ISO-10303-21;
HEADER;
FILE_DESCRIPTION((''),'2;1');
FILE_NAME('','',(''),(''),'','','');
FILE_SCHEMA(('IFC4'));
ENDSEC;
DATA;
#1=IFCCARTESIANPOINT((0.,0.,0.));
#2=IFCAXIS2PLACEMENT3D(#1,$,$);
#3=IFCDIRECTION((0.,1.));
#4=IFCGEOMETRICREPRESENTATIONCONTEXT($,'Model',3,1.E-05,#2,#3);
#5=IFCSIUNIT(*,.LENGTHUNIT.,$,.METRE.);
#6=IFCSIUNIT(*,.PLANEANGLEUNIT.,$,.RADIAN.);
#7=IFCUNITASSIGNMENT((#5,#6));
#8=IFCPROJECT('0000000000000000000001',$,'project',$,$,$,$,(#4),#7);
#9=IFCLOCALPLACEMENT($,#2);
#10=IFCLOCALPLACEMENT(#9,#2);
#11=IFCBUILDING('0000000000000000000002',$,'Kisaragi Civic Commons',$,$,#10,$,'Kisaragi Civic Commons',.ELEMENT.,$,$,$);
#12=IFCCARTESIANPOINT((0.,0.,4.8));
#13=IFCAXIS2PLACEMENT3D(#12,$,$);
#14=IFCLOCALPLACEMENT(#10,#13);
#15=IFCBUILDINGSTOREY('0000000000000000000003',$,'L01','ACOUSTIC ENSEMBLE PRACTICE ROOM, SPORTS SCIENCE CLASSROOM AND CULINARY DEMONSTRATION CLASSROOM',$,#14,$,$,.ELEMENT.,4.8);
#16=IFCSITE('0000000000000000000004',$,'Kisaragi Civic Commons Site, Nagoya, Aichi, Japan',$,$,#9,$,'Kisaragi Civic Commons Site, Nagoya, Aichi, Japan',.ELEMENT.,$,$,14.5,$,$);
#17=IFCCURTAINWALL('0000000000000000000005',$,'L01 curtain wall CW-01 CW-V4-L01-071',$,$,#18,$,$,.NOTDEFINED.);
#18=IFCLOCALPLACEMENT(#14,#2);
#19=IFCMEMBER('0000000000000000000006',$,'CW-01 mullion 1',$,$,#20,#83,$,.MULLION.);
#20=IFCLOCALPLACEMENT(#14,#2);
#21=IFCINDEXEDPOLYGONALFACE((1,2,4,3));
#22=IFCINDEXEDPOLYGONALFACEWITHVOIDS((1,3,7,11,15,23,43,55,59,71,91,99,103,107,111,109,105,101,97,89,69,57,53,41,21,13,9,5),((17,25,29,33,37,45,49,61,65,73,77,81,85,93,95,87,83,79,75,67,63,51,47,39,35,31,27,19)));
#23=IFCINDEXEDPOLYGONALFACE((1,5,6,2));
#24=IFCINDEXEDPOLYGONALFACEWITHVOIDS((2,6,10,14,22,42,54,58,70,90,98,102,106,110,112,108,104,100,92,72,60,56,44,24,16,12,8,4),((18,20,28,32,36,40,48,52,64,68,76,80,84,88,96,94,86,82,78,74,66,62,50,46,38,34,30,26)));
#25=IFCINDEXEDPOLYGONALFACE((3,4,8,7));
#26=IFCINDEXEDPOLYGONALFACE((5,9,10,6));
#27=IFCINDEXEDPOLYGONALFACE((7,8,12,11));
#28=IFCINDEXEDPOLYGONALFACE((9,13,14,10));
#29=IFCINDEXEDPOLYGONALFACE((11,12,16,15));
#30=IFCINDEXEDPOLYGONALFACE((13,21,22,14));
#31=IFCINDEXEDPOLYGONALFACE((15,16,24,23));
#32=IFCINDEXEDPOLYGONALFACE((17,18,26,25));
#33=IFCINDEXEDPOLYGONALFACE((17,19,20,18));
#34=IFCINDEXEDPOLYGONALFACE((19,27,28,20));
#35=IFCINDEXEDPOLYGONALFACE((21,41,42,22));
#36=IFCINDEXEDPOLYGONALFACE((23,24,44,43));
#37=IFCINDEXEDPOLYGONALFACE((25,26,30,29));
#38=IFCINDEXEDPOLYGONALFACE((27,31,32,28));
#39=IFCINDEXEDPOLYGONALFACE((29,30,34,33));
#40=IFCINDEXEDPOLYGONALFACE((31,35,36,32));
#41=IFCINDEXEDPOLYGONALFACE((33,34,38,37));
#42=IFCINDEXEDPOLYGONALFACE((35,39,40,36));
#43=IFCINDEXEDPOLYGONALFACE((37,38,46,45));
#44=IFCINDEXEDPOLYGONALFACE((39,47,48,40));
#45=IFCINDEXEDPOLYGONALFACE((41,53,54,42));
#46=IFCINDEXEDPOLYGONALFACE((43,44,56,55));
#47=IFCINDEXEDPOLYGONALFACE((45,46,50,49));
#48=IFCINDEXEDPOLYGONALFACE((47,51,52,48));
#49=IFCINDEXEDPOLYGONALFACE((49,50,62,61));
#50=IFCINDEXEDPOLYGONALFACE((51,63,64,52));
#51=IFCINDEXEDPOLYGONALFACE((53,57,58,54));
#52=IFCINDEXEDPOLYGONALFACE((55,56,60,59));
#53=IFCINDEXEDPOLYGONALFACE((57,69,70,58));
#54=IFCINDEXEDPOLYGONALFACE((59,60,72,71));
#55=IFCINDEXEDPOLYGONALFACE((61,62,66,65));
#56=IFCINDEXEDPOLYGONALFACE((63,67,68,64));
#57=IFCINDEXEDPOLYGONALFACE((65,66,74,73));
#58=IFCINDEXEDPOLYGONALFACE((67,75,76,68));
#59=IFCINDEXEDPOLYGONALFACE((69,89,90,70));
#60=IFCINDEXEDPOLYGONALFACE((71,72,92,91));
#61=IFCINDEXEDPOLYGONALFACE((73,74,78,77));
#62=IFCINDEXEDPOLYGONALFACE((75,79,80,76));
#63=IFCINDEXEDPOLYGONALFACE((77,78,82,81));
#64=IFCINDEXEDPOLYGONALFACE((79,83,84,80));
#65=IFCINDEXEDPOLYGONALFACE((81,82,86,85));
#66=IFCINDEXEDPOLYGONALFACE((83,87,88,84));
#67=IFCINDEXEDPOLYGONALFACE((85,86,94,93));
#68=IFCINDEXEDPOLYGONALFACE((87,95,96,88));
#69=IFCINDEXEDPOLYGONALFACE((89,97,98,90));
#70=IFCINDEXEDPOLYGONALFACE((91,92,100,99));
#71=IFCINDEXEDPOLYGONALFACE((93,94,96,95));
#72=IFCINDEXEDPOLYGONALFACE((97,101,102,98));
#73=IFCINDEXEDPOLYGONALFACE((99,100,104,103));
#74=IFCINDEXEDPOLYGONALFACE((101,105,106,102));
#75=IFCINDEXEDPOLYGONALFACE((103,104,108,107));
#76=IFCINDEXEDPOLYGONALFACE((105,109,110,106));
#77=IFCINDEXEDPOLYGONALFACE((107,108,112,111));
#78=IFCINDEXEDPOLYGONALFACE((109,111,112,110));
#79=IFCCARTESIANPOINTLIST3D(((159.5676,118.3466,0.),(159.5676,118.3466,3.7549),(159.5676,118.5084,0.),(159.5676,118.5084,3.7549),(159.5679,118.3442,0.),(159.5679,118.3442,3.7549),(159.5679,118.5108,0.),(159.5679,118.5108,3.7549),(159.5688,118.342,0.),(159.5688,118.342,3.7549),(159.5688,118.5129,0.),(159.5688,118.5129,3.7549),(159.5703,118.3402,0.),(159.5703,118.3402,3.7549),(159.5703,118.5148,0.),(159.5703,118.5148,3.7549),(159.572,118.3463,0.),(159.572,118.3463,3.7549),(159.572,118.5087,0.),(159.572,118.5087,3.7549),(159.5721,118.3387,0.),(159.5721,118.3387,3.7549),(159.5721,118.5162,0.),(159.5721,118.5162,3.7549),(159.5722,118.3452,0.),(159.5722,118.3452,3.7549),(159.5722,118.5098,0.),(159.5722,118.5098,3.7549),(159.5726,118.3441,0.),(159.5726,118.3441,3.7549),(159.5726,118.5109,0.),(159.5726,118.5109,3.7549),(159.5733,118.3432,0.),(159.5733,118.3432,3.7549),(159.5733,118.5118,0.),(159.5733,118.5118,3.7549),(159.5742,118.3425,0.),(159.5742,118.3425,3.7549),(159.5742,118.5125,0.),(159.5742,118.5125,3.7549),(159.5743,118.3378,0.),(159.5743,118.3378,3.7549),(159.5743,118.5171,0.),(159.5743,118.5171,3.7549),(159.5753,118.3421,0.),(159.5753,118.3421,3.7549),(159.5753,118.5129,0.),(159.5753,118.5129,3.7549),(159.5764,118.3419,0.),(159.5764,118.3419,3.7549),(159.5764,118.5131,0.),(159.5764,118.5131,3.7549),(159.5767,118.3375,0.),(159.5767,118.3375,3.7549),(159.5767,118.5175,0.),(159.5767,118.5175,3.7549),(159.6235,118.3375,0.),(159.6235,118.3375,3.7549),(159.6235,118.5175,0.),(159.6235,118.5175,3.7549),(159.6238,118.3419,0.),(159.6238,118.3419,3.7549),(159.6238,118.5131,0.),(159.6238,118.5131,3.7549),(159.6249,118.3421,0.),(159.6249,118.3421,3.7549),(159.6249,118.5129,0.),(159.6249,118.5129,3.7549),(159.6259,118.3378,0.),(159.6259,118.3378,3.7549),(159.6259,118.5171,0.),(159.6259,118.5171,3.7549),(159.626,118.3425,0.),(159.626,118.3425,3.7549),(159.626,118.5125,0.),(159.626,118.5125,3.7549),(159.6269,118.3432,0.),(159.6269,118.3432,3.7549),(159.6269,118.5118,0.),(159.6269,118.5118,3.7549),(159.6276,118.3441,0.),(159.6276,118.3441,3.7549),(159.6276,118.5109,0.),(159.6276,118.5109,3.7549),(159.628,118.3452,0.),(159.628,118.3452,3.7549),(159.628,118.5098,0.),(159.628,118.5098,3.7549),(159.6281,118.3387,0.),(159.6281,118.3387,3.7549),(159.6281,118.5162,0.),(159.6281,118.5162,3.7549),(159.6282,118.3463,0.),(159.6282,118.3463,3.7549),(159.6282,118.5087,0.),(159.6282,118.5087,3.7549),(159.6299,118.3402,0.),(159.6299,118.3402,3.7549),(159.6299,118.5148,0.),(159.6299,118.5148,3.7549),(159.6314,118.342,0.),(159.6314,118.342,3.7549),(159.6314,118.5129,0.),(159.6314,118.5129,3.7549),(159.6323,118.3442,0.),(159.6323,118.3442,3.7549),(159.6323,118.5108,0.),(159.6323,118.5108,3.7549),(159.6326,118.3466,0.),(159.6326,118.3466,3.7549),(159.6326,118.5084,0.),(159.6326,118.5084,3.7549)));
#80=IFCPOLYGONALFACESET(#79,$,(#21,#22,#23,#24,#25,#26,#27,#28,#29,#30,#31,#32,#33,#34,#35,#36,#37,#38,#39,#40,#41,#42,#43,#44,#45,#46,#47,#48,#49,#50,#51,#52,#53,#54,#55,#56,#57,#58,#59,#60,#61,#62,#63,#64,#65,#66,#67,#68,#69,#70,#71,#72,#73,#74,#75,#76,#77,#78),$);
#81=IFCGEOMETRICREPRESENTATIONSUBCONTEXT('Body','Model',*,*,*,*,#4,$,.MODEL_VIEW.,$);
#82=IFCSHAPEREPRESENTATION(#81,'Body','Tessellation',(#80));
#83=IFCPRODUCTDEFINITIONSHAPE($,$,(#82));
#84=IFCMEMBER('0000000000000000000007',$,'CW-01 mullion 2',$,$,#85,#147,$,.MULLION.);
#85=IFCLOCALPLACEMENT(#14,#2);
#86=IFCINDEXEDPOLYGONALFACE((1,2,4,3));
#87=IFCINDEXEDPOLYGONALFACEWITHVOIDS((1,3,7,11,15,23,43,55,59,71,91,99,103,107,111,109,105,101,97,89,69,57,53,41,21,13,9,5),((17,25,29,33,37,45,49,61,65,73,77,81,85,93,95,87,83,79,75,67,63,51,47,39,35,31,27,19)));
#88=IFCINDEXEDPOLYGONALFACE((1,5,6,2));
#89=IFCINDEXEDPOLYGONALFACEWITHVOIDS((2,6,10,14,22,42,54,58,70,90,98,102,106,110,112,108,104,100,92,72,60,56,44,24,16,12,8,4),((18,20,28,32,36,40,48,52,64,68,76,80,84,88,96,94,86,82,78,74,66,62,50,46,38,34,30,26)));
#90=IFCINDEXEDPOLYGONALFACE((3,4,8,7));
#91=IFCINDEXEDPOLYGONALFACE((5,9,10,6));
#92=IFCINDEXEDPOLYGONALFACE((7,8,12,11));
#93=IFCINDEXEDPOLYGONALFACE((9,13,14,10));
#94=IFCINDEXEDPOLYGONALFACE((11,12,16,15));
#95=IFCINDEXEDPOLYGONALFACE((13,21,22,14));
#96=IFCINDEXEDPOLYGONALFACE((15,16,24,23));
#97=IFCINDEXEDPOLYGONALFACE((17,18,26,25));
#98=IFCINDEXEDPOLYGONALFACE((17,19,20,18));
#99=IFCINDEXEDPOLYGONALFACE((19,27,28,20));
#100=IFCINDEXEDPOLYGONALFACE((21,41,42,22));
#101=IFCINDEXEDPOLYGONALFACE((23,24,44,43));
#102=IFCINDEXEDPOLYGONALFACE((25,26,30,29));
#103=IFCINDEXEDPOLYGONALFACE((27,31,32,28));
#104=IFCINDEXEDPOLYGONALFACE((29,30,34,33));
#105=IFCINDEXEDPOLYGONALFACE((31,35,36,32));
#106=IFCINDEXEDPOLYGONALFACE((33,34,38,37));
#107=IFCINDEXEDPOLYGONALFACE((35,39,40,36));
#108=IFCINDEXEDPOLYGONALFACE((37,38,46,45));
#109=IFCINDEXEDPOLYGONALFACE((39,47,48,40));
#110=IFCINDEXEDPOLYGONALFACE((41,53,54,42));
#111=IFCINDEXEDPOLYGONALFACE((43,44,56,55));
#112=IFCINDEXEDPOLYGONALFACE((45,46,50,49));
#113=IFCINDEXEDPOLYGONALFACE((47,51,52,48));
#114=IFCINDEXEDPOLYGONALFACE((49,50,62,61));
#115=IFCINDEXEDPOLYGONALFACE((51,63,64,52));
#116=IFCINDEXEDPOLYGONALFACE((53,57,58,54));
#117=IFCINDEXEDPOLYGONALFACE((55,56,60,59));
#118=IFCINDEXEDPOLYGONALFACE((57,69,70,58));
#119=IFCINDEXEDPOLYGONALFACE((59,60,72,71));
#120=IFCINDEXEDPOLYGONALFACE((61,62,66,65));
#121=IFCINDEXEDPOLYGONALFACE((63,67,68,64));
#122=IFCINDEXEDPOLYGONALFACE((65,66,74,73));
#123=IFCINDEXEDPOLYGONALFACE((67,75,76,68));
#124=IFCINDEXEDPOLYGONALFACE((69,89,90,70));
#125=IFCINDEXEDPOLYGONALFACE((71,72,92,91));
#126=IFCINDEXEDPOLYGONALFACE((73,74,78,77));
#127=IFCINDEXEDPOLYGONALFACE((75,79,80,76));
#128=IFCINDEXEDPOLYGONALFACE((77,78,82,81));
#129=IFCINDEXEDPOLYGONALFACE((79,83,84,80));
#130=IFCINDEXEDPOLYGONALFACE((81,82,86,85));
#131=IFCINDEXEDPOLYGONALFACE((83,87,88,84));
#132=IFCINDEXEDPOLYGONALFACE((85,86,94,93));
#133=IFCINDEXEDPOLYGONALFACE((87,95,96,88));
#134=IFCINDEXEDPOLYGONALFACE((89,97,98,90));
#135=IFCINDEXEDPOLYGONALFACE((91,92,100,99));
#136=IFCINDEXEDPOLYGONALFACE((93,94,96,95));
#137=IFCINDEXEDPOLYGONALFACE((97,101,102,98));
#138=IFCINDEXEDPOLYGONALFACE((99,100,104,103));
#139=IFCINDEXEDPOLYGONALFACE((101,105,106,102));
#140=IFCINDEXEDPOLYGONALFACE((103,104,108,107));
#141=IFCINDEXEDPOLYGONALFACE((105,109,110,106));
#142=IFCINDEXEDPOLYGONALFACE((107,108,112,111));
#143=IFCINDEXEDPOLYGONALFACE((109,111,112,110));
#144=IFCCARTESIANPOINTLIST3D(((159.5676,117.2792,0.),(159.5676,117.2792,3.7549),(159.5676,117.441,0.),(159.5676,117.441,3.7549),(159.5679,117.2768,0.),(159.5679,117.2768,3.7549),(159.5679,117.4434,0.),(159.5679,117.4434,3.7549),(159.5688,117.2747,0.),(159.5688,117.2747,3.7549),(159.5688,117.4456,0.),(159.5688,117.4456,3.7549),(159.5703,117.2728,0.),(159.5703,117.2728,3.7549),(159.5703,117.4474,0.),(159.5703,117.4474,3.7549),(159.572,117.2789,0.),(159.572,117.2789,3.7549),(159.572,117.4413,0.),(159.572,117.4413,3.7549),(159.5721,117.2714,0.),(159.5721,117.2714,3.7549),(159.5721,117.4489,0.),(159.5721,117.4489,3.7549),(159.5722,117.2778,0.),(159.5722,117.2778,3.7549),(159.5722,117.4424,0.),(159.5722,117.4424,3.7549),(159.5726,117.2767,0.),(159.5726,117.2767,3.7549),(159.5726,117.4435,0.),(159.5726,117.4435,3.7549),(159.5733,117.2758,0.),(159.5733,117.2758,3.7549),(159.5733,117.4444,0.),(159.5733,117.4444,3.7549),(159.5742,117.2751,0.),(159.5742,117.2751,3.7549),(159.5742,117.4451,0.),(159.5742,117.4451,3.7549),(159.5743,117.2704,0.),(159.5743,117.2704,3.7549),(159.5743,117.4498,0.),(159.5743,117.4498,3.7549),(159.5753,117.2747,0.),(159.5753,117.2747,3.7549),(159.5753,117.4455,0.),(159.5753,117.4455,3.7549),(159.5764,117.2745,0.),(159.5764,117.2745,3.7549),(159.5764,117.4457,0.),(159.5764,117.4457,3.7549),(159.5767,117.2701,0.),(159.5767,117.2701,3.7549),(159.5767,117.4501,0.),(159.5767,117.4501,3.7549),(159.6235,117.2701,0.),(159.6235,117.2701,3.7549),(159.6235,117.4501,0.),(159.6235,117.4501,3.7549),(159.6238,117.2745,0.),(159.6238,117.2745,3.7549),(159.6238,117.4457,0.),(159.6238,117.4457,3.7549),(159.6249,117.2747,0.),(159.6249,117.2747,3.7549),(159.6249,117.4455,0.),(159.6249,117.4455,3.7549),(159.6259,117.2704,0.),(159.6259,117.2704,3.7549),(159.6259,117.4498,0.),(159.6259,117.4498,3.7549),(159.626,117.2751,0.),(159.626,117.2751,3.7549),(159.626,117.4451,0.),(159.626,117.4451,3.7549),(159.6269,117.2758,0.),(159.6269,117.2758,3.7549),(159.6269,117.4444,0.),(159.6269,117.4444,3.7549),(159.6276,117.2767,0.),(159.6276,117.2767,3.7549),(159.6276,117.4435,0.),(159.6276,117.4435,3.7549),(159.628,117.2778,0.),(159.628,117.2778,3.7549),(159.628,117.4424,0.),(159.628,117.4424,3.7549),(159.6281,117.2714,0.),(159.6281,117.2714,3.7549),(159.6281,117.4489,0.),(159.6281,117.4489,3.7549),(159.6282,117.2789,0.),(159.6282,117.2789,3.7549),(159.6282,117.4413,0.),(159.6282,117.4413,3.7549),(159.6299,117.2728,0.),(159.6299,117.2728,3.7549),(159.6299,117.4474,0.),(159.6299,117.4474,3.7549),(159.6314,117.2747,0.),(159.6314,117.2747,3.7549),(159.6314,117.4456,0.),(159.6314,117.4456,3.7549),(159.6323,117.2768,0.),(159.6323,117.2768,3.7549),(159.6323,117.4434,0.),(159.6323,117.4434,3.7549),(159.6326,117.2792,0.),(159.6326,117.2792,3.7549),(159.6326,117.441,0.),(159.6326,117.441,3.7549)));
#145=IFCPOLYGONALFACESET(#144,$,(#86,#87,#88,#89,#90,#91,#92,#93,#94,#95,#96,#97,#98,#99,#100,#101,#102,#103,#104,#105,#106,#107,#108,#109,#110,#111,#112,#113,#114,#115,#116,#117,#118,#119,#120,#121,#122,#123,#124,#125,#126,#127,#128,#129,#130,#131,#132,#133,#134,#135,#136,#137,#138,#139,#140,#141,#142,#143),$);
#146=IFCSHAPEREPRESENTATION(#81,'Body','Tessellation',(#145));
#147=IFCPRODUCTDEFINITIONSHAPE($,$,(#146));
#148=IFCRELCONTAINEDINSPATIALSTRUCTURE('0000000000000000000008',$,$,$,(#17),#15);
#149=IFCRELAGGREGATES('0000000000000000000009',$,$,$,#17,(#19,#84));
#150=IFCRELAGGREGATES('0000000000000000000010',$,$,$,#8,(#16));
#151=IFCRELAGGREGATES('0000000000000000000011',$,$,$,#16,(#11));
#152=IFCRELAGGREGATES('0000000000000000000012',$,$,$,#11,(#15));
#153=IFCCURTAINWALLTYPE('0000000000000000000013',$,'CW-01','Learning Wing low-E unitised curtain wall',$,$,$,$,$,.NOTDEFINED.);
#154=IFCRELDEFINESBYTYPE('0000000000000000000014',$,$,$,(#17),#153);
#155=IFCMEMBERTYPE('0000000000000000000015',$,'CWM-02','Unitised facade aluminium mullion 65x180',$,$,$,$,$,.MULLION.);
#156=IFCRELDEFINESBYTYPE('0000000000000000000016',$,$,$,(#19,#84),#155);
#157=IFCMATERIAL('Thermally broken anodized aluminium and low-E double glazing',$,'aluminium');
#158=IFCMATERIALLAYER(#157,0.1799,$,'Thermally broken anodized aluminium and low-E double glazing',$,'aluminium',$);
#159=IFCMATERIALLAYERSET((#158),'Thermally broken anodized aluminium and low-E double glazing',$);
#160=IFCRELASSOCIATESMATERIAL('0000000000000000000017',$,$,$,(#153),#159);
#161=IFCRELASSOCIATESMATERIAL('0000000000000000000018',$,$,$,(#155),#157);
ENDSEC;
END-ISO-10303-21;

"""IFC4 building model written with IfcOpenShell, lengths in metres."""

from ifc_helpers import new_model, si_unit, direction, frame, origin, origin_2d, place, context, subcontext, project, spatial, hollow_rectangle, extrude, material, layer, layer_set, material_profile, profile_set, type_object, element, aggregate, save


model = new_model("IFC4")

# Units and contexts
model_context = context("Model", 3, precision=1e-05, world=origin(), true_north=direction((0.0, 1.0)))
body_context = subcontext(model_context, "Body", "Model", "MODEL_VIEW")
ifc_project = project(units=[si_unit("LENGTHUNIT", "METRE"), si_unit("PLANEANGLEUNIT", "RADIAN")], contexts=[model_context])

# Site, building, storey
site_placement = place(None, origin())
site = spatial("IfcSite", under=ifc_project, at=site_placement, Name="Kisaragi Civic Commons Site, Nagoya, Aichi, Japan", LongName="Kisaragi Civic Commons Site, Nagoya, Aichi, Japan", CompositionType="ELEMENT", RefElevation=14.5)
building_placement = place(site_placement, origin())
building = spatial("IfcBuilding", under=site, at=building_placement, Name="Kisaragi Civic Commons", LongName="Kisaragi Civic Commons", CompositionType="ELEMENT")
storey_placement = place(building_placement, frame((0.0, 0.0, 4.8)))
storey = spatial("IfcBuildingStorey", under=building, at=storey_placement, Name="L01", Description="ACOUSTIC ENSEMBLE PRACTICE ROOM, SPORTS SCIENCE CLASSROOM AND CULINARY DEMONSTRATION CLASSROOM", CompositionType="ELEMENT", Elevation=4.8)

# Curtain wall, members
ifc_material_1 = material(Name="Thermally broken anodized aluminium and low-E double glazing", Category="aluminium")
ifc_layer_1 = layer(ifc_material_1, 0.1799, Name="Thermally broken anodized aluminium and low-E double glazing", Category="aluminium")
ifc_layer_set_1 = layer_set([ifc_layer_1], Name="Thermally broken anodized aluminium and low-E double glazing")
curtain_wall_type = type_object("IfcCurtainWallType", Name="CW-01", Description="Learning Wing low-E unitised curtain wall", PredefinedType="NOTDEFINED", material=ifc_layer_set_1)
ifc_material_profile_1 = material_profile(ifc_material_1, hollow_rectangle(XDim=0.0649, YDim=0.1799, WallThickness=0.0044, InnerFilletRadius=0.0044, OuterFilletRadius=0.009, at=origin_2d()), Name="CWM-65x180x4.5", Category="aluminium")
ifc_profile_set_1 = profile_set([ifc_material_profile_1], Name="Thermally broken anodized aluminium and low-E double glazing")
member_type_1 = type_object("IfcMemberType", Name="CWM-02", Description="Unitised facade aluminium mullion 65x180", PredefinedType="MULLION", material=ifc_profile_set_1)
curtain_wall_1_placement = place(storey_placement, origin())
curtain_wall_1 = element("IfcCurtainWall", 1, at=curtain_wall_1_placement, inside=storey, type_object=curtain_wall_type, Name="L01 curtain wall CW-01 CW-V4-L01-071", PredefinedType="NOTDEFINED")
member_1_placement = place(storey_placement, frame((159.6001, 118.4275, 0.0), z_axis=(0.0, 0.0, 1.0), x_axis=(1.0, 0.0, 0.0)))
member_1 = element("IfcMember", 2, at=member_1_placement, type_object=member_type_1, Name="CW-01 mullion 1", PredefinedType="MULLION", context=body_context, shape_type="SweptSolid", body=[
    extrude(hollow_rectangle(XDim=0.0649, YDim=0.1799, WallThickness=0.0044, InnerFilletRadius=0.0044, OuterFilletRadius=0.009, at=origin_2d()), origin(), (0.0, 0.0, 1.0), 3.7549),
])
member_2_placement = place(storey_placement, frame((159.6001, 117.3601, 0.0), z_axis=(0.0, 0.0, 1.0), x_axis=(1.0, 0.0, 0.0)))
member_2 = element("IfcMember", 3, at=member_2_placement, type_object=member_type_1, Name="CW-01 mullion 2", PredefinedType="MULLION", context=body_context, shape_type="SweptSolid", body=[
    extrude(hollow_rectangle(XDim=0.0649, YDim=0.1799, WallThickness=0.0044, InnerFilletRadius=0.0044, OuterFilletRadius=0.009, at=origin_2d()), origin(), (0.0, 0.0, 1.0), 3.7549),
])

aggregate(curtain_wall_1, [member_1, member_2])

save(model, "model.ifc")
